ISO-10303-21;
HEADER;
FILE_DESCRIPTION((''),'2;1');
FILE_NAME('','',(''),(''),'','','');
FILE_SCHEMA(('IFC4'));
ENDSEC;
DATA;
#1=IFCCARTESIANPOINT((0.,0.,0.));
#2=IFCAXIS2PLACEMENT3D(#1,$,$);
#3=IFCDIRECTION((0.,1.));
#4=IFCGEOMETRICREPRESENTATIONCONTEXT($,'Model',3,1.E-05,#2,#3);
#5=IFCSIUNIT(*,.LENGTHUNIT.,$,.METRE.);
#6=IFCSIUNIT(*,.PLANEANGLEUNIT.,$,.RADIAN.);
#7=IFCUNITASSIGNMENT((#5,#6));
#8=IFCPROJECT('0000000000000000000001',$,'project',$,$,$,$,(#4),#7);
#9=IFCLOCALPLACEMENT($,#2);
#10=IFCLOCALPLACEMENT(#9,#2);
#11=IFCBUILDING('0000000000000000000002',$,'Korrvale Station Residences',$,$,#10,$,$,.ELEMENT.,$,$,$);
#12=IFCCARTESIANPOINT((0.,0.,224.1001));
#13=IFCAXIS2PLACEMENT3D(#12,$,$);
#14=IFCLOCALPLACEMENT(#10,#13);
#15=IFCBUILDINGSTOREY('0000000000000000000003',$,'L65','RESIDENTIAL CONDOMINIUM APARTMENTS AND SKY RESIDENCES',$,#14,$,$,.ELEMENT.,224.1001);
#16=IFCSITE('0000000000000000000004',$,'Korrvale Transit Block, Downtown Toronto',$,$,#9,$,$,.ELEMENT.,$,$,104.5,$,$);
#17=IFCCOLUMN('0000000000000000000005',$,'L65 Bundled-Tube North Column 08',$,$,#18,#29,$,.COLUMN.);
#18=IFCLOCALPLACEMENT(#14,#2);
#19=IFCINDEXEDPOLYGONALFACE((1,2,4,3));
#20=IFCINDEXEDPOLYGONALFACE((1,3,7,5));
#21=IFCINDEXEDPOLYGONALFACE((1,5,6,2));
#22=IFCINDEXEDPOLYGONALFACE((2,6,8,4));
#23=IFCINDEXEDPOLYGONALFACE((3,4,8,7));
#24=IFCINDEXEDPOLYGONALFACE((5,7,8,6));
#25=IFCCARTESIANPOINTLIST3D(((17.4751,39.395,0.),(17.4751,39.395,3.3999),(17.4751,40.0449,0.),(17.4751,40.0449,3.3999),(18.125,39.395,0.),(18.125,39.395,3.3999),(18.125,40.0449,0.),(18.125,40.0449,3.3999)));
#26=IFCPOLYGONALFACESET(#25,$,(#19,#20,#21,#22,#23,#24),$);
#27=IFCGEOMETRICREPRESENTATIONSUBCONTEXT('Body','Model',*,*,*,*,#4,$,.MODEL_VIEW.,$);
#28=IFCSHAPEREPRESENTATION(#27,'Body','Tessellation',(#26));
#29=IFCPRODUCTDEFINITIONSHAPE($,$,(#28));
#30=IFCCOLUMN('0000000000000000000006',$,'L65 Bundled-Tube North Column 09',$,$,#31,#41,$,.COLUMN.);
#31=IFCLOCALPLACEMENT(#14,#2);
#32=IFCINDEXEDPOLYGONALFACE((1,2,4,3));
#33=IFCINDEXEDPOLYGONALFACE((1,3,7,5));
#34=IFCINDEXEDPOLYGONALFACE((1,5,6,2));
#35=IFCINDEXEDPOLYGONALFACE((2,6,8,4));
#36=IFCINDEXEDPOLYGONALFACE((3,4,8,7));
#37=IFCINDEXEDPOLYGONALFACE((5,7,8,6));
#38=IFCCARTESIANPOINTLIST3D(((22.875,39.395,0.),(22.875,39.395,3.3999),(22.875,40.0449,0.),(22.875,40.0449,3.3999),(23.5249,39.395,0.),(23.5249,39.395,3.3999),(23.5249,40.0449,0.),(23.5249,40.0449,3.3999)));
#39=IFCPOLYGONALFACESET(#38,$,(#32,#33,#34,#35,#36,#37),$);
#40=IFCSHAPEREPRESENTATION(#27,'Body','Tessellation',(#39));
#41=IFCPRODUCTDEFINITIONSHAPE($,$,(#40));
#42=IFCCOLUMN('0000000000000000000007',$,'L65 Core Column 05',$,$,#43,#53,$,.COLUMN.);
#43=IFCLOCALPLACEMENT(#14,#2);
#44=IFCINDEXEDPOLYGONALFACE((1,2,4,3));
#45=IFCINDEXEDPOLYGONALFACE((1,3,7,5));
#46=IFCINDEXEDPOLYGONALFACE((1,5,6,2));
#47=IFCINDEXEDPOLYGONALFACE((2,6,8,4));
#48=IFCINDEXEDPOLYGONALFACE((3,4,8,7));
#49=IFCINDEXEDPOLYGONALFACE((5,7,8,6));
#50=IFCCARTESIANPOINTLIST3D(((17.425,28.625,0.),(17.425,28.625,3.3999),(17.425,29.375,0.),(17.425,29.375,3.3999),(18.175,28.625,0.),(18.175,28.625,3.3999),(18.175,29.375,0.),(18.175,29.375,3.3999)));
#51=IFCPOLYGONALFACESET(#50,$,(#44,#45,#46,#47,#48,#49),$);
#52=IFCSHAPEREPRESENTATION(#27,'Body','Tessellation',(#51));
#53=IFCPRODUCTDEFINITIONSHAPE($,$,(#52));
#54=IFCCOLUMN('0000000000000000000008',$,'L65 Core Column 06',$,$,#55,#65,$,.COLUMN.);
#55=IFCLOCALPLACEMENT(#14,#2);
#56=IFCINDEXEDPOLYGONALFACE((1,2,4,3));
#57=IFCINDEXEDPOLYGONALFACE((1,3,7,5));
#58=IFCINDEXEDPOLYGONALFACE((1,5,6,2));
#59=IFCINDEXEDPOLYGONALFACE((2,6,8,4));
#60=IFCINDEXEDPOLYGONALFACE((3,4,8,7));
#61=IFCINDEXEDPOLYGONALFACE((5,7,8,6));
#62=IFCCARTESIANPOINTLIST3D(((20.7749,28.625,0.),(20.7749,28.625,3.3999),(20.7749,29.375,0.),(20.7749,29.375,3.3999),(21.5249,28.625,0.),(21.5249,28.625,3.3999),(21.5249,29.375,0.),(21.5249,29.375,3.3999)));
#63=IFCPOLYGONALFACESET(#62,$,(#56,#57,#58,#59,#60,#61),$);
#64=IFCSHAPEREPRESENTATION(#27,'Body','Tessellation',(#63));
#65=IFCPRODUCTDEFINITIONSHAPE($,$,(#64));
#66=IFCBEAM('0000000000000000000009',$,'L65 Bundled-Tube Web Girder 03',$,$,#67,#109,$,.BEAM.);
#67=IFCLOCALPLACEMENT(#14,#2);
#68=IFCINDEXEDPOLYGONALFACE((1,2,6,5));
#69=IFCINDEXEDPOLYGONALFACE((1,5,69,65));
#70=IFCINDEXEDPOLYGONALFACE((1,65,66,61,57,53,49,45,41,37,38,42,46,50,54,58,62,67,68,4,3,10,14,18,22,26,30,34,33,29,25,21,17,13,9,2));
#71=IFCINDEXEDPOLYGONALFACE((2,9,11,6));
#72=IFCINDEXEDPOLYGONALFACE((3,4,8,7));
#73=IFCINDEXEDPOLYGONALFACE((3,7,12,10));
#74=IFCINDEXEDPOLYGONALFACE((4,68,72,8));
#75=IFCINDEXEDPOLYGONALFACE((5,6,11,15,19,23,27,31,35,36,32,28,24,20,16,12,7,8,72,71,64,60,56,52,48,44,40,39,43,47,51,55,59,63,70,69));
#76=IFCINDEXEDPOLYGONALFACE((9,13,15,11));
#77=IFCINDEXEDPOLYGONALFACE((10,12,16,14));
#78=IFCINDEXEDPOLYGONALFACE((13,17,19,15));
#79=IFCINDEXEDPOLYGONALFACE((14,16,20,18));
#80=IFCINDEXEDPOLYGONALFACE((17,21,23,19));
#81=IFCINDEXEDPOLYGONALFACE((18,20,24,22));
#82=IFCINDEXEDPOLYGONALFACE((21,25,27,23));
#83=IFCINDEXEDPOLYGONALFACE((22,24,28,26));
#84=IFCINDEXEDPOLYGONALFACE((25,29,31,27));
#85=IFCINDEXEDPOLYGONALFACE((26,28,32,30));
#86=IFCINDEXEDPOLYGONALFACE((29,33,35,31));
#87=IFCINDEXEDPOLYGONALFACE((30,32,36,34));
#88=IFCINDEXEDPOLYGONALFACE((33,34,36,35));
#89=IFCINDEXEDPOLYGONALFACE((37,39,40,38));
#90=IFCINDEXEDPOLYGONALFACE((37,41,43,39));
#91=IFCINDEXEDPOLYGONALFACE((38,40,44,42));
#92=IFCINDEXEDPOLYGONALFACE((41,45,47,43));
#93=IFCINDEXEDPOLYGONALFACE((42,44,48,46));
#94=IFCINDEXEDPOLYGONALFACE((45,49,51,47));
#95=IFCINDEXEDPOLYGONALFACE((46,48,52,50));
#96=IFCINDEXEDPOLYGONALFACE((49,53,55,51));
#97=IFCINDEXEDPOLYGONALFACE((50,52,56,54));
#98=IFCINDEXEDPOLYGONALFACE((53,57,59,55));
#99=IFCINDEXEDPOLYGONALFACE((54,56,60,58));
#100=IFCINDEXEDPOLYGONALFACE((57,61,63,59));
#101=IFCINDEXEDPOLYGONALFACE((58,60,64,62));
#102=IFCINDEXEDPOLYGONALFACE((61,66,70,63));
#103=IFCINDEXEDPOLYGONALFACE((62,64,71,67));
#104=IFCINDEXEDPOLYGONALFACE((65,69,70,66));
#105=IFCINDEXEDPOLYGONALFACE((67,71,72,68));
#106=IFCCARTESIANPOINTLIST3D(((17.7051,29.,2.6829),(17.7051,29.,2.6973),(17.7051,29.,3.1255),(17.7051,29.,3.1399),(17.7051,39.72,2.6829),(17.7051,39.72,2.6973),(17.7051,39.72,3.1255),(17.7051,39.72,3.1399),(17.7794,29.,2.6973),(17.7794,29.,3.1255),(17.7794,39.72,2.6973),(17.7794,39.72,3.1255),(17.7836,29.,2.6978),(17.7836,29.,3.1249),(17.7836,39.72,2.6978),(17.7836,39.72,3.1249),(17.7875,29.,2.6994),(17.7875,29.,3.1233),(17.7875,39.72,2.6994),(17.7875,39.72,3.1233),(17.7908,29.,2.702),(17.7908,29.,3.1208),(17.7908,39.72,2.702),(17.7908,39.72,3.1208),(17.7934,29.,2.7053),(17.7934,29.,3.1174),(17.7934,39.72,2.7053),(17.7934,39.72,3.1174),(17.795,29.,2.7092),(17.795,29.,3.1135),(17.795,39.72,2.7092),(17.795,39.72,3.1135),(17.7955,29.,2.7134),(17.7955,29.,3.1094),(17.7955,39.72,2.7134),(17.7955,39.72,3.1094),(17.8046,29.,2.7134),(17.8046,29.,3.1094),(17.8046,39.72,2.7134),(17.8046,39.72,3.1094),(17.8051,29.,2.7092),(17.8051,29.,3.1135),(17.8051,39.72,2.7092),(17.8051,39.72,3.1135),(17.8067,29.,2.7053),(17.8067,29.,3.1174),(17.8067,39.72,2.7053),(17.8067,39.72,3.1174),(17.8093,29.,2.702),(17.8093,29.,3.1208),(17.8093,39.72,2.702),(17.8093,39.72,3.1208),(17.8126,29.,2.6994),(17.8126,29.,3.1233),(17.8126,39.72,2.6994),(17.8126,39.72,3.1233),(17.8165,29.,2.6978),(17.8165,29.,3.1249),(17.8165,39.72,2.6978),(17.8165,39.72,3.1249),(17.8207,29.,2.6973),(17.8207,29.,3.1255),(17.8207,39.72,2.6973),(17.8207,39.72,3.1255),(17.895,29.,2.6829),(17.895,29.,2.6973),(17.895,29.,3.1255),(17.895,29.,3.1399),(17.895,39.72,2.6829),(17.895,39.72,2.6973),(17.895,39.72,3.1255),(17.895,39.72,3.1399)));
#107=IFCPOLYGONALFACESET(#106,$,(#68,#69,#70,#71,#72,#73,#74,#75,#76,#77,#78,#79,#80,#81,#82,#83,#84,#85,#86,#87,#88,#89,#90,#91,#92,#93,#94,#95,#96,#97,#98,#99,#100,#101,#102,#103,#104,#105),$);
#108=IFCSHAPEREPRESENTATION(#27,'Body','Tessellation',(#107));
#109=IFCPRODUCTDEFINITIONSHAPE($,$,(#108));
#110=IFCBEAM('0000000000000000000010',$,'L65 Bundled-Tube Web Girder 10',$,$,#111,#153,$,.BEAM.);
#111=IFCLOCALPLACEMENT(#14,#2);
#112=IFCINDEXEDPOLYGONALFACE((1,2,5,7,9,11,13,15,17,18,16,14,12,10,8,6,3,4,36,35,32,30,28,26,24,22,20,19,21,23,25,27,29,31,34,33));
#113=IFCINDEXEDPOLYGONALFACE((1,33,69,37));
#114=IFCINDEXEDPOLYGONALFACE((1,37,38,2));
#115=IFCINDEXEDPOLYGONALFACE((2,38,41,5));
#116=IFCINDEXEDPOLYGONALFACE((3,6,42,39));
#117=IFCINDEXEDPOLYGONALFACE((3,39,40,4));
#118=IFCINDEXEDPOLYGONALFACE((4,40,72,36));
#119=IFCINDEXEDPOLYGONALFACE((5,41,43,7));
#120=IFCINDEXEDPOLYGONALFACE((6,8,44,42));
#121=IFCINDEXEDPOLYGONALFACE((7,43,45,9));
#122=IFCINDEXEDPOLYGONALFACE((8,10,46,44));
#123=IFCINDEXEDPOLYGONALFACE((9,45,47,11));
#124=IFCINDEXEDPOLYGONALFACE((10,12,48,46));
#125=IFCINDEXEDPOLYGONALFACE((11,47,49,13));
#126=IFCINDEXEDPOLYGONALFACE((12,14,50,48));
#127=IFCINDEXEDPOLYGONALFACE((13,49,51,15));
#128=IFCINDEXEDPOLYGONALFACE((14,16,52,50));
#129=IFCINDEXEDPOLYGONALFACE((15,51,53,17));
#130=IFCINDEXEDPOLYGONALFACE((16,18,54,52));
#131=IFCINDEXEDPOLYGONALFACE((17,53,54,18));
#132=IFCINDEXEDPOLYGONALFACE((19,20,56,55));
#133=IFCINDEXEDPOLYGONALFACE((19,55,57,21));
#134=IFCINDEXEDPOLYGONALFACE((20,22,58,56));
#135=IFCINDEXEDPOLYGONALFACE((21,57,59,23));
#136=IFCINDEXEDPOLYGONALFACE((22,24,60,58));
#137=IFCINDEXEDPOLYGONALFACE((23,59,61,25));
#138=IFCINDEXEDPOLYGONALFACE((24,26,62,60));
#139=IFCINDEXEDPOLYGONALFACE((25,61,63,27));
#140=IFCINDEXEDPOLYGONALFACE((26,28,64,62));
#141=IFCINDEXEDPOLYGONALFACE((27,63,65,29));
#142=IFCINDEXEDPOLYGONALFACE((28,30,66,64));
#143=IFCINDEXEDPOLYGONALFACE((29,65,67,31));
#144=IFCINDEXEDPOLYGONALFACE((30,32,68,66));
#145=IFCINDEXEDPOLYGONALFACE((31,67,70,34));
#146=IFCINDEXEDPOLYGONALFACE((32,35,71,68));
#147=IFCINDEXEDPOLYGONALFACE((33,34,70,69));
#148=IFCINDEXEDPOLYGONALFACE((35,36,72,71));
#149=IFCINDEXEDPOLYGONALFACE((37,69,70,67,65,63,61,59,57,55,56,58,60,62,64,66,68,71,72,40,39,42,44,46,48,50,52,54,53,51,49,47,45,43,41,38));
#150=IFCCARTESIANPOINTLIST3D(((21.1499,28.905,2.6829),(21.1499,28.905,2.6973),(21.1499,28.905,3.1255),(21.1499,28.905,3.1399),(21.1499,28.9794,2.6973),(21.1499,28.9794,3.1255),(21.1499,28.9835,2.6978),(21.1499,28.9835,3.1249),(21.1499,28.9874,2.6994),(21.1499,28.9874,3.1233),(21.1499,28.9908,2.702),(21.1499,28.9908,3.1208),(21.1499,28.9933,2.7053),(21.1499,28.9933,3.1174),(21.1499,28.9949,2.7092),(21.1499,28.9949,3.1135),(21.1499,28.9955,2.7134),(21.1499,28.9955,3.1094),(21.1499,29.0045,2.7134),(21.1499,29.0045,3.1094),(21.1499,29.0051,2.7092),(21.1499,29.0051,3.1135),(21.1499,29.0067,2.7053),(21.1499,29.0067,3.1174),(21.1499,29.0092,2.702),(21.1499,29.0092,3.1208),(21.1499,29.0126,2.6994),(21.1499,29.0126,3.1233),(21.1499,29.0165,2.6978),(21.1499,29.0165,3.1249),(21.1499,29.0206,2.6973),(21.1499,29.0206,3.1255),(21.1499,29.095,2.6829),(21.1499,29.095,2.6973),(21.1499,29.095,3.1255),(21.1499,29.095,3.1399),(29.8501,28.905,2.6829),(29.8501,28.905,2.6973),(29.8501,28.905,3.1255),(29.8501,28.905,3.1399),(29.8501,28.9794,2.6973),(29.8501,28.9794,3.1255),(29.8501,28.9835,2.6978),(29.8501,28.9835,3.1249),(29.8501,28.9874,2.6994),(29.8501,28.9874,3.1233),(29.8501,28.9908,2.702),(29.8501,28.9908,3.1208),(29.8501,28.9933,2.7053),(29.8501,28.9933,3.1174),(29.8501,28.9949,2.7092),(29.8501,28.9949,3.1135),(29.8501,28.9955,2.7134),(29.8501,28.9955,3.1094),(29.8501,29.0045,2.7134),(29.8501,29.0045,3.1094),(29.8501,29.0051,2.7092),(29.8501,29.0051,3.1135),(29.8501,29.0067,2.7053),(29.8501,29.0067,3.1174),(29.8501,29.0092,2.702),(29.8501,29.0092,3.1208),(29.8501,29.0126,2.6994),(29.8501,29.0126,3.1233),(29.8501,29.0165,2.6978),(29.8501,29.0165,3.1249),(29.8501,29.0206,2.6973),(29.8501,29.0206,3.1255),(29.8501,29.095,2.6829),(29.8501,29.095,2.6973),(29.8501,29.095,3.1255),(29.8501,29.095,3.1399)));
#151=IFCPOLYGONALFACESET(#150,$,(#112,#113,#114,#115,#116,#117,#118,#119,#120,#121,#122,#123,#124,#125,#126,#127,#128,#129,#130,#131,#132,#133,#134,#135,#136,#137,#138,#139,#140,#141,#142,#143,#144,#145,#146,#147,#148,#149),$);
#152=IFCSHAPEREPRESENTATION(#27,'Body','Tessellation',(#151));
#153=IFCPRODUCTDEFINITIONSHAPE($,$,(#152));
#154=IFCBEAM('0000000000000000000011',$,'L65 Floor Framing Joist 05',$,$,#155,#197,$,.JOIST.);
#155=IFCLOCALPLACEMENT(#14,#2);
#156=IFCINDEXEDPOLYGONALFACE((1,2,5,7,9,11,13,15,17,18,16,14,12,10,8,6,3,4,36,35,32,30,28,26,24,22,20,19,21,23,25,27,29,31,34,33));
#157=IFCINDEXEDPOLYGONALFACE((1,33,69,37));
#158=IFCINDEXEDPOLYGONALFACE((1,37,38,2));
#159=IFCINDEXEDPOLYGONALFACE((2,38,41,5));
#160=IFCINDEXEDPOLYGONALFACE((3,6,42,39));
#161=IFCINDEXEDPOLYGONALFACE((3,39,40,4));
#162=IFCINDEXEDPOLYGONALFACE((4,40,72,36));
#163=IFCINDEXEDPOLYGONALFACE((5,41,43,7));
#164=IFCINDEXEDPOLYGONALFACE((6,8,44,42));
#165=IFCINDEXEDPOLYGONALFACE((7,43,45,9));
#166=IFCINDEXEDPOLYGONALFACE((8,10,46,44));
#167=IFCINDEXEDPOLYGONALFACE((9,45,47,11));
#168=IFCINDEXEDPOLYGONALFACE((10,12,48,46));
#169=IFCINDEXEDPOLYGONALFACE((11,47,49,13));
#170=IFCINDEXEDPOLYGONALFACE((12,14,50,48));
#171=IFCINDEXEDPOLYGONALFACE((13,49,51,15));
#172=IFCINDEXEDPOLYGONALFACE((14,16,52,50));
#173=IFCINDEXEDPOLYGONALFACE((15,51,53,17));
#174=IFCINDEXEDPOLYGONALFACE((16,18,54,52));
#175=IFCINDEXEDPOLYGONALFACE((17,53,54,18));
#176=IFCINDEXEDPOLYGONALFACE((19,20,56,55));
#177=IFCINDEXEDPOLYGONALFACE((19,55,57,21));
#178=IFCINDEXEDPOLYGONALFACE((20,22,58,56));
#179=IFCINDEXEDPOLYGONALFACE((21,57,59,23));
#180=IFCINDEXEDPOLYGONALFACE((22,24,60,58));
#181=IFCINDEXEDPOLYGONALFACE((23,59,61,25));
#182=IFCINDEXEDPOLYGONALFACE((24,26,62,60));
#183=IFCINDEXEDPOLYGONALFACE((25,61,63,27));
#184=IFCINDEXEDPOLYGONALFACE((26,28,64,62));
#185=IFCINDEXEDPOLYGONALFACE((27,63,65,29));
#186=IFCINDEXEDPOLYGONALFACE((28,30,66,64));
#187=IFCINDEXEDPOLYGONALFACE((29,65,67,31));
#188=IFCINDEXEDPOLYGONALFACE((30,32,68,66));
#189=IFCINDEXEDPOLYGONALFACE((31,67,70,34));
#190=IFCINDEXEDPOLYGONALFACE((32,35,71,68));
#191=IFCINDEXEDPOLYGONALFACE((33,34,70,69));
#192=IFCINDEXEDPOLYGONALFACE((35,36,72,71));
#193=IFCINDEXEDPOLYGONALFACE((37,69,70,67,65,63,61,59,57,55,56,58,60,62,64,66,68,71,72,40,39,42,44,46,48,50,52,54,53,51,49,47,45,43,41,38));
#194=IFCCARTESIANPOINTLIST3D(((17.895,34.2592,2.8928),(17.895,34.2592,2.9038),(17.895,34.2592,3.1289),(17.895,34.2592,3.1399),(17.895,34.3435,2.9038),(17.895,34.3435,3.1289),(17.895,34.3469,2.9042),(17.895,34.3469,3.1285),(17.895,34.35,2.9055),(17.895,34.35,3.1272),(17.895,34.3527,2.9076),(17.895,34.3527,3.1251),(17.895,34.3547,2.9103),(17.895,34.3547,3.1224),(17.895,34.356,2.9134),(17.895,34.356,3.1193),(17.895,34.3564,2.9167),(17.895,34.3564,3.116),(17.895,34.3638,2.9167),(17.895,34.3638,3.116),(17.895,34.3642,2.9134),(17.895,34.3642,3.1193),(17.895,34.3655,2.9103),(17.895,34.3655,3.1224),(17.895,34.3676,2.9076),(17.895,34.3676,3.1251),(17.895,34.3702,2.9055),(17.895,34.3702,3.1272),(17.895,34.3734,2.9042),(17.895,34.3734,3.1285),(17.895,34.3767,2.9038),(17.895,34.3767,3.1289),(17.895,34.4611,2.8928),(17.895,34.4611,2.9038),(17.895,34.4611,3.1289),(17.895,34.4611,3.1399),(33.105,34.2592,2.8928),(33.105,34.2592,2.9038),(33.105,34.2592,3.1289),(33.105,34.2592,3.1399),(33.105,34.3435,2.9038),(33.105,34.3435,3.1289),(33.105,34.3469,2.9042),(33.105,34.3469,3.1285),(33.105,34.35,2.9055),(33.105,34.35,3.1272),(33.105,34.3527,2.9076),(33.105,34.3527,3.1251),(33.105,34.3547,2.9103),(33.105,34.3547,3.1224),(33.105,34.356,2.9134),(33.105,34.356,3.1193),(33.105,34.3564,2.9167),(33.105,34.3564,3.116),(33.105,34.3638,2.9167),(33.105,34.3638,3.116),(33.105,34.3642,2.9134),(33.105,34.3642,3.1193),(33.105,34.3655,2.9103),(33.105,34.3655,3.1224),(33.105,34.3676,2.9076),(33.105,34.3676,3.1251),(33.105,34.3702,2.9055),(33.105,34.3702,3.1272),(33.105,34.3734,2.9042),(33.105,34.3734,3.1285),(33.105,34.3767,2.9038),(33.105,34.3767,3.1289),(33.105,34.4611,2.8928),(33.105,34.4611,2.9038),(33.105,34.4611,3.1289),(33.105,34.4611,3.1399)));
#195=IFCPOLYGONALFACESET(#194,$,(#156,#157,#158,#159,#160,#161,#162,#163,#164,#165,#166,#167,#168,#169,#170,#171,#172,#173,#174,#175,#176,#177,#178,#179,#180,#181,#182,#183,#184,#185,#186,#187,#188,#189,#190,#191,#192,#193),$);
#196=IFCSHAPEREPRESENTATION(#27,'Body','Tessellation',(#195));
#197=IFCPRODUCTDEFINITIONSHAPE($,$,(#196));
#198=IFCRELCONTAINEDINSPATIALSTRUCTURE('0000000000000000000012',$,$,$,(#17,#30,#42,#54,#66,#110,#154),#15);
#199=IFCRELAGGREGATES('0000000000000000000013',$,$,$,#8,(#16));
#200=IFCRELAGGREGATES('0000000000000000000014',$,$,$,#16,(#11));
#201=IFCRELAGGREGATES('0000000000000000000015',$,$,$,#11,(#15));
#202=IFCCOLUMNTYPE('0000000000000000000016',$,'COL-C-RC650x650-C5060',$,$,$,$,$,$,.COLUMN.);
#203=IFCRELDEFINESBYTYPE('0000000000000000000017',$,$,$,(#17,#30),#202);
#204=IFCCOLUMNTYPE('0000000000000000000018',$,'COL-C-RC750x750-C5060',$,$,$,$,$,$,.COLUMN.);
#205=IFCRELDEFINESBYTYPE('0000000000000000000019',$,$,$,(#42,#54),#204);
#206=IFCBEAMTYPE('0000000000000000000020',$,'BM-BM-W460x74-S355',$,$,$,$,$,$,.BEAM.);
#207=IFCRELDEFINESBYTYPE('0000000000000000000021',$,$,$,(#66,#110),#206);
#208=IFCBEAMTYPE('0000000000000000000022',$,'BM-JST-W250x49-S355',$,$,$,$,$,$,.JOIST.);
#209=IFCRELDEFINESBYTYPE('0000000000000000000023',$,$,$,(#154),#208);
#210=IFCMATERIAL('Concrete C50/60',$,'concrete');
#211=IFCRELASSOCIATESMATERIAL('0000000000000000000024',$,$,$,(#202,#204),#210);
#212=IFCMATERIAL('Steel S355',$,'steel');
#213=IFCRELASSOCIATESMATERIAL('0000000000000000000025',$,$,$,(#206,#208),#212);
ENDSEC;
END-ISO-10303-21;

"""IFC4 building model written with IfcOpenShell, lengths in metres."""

from ifc_helpers import new_model, si_unit, direction, frame, origin, origin_2d, place, context, subcontext, project, spatial, rectangle, i_section, extrude, material, material_profile, profile_set, type_object, element, save


model = new_model("IFC4")

# Units and contexts
model_context = context("Model", 3, precision=1e-05, world=origin(), true_north=direction((0.0, 1.0)))
body_context = subcontext(model_context, "Body", "Model", "MODEL_VIEW")
ifc_project = project(units=[si_unit("LENGTHUNIT", "METRE"), si_unit("PLANEANGLEUNIT", "RADIAN")], contexts=[model_context])

# Site, building, storey
site_placement = place(None, origin())
site = spatial("IfcSite", under=ifc_project, at=site_placement, Name="Korrvale Transit Block, Downtown Toronto", CompositionType="ELEMENT", RefElevation=104.5)
building_placement = place(site_placement, origin())
building = spatial("IfcBuilding", under=site, at=building_placement, Name="Korrvale Station Residences", CompositionType="ELEMENT")
storey_placement = place(building_placement, frame((0.0, 0.0, 224.1001)))
storey = spatial("IfcBuildingStorey", under=building, at=storey_placement, Name="L65", Description="RESIDENTIAL CONDOMINIUM APARTMENTS AND SKY RESIDENCES", CompositionType="ELEMENT", Elevation=224.1001)

# Columns
ifc_material_1 = material(Name="Concrete C50/60", Category="concrete")
ifc_material_profile_1 = material_profile(ifc_material_1, rectangle(XDim=0.6499, YDim=0.6499, at=origin_2d()), Name="RC650x650")
ifc_profile_set_1 = profile_set([ifc_material_profile_1], Name="Concrete C50/60")
column_type_1 = type_object("IfcColumnType", Name="COL-C-RC650x650-C5060", PredefinedType="COLUMN", material=ifc_profile_set_1)
for number, where, z_axis, x_axis, name in (
    (1, (17.8, 39.72, 0.0), (0.0, 0.0, 1.0), (1.0, 0.0, 0.0), "L65 Bundled-Tube North Column 08"),
    (2, (23.2, 39.72, 0.0), (0.0, 0.0, 1.0), (1.0, 0.0, 0.0), "L65 Bundled-Tube North Column 09"),
):
    element("IfcColumn", number, at=place(storey_placement, frame(where, z_axis=z_axis, x_axis=x_axis)), inside=storey, type_object=column_type_1, Name=name, PredefinedType="COLUMN", context=body_context, shape_type="SweptSolid", body=[
        extrude(rectangle(XDim=0.6499, YDim=0.6499, at=origin_2d()), origin(), (0.0, 0.0, 1.0), 3.3999),
    ])
ifc_material_profile_2 = material_profile(ifc_material_1, rectangle(XDim=0.75, YDim=0.75, at=origin_2d()), Name="RC750x750")
ifc_profile_set_2 = profile_set([ifc_material_profile_2], Name="Concrete C50/60")
column_type_2 = type_object("IfcColumnType", Name="COL-C-RC750x750-C5060", PredefinedType="COLUMN", material=ifc_profile_set_2)
for number, where, z_axis, x_axis, name in (
    (3, (17.8, 29.0, 0.0), (0.0, 0.0, 1.0), (1.0, 0.0, 0.0), "L65 Core Column 05"),
    (4, (21.1499, 29.0, 0.0), (0.0, 0.0, 1.0), (1.0, 0.0, 0.0), "L65 Core Column 06"),
):
    element("IfcColumn", number, at=place(storey_placement, frame(where, z_axis=z_axis, x_axis=x_axis)), inside=storey, type_object=column_type_2, Name=name, PredefinedType="COLUMN", context=body_context, shape_type="SweptSolid", body=[
        extrude(rectangle(XDim=0.75, YDim=0.75, at=origin_2d()), origin(), (0.0, 0.0, 1.0), 3.3999),
    ])

# Beams
ifc_material_2 = material(Name="Steel S355", Category="steel")
ifc_material_profile_3 = material_profile(ifc_material_2, i_section(OverallWidth=0.1899, OverallDepth=0.457, WebThickness=0.009, FlangeThickness=0.0144, FilletRadius=0.0161, at=origin_2d()), Name="W460x74")
ifc_profile_set_3 = profile_set([ifc_material_profile_3], Name="Steel S355")
beam_type_1 = type_object("IfcBeamType", Name="BM-BM-W460x74-S355", PredefinedType="BEAM", material=ifc_profile_set_3)
beam_1_placement = place(storey_placement, frame((17.8, 29.0, 2.9114), z_axis=(0.0, 1.0, 0.0), x_axis=(-1.0, 0.0, 0.0)))
element("IfcBeam", 5, at=beam_1_placement, inside=storey, type_object=beam_type_1, Name="L65 Bundled-Tube Web Girder 03", PredefinedType="BEAM", context=body_context, shape_type="SweptSolid", body=[
    extrude(i_section(OverallWidth=0.1899, OverallDepth=0.457, WebThickness=0.009, FlangeThickness=0.0144, FilletRadius=0.0161, at=origin_2d()), origin(), (0.0, 0.0, 1.0), 10.72),
])
beam_2_placement = place(storey_placement, frame((21.1499, 29.0, 2.9114), z_axis=(1.0, 0.0, 0.0), x_axis=(0.0, 1.0, 0.0)))
element("IfcBeam", 6, at=beam_2_placement, inside=storey, type_object=beam_type_1, Name="L65 Bundled-Tube Web Girder 10", PredefinedType="BEAM", context=body_context, shape_type="SweptSolid", body=[
    extrude(i_section(OverallWidth=0.1899, OverallDepth=0.457, WebThickness=0.009, FlangeThickness=0.0144, FilletRadius=0.0161, at=origin_2d()), origin(), (0.0, 0.0, 1.0), 8.7002),
])
ifc_material_profile_4 = material_profile(ifc_material_2, i_section(OverallWidth=0.2019, OverallDepth=0.2471, WebThickness=0.0073, FlangeThickness=0.011, FilletRadius=0.0129, at=origin_2d()), Name="W250x49")
ifc_profile_set_4 = profile_set([ifc_material_profile_4], Name="Steel S355")
beam_type_2 = type_object("IfcBeamType", Name="BM-JST-W250x49-S355", PredefinedType="JOIST", material=ifc_profile_set_4)
beam_3_placement = place(storey_placement, frame((17.895, 34.3601, 3.0164), z_axis=(1.0, 0.0, 0.0), x_axis=(0.0, 1.0, 0.0)))
element("IfcBeam", 7, at=beam_3_placement, inside=storey, type_object=beam_type_2, Name="L65 Floor Framing Joist 05", PredefinedType="JOIST", context=body_context, shape_type="SweptSolid", body=[
    extrude(i_section(OverallWidth=0.2019, OverallDepth=0.2471, WebThickness=0.0073, FlangeThickness=0.011, FilletRadius=0.0129, at=origin_2d()), origin(), (0.0, 0.0, 1.0), 15.21),
])

save(model, "model.ifc")
